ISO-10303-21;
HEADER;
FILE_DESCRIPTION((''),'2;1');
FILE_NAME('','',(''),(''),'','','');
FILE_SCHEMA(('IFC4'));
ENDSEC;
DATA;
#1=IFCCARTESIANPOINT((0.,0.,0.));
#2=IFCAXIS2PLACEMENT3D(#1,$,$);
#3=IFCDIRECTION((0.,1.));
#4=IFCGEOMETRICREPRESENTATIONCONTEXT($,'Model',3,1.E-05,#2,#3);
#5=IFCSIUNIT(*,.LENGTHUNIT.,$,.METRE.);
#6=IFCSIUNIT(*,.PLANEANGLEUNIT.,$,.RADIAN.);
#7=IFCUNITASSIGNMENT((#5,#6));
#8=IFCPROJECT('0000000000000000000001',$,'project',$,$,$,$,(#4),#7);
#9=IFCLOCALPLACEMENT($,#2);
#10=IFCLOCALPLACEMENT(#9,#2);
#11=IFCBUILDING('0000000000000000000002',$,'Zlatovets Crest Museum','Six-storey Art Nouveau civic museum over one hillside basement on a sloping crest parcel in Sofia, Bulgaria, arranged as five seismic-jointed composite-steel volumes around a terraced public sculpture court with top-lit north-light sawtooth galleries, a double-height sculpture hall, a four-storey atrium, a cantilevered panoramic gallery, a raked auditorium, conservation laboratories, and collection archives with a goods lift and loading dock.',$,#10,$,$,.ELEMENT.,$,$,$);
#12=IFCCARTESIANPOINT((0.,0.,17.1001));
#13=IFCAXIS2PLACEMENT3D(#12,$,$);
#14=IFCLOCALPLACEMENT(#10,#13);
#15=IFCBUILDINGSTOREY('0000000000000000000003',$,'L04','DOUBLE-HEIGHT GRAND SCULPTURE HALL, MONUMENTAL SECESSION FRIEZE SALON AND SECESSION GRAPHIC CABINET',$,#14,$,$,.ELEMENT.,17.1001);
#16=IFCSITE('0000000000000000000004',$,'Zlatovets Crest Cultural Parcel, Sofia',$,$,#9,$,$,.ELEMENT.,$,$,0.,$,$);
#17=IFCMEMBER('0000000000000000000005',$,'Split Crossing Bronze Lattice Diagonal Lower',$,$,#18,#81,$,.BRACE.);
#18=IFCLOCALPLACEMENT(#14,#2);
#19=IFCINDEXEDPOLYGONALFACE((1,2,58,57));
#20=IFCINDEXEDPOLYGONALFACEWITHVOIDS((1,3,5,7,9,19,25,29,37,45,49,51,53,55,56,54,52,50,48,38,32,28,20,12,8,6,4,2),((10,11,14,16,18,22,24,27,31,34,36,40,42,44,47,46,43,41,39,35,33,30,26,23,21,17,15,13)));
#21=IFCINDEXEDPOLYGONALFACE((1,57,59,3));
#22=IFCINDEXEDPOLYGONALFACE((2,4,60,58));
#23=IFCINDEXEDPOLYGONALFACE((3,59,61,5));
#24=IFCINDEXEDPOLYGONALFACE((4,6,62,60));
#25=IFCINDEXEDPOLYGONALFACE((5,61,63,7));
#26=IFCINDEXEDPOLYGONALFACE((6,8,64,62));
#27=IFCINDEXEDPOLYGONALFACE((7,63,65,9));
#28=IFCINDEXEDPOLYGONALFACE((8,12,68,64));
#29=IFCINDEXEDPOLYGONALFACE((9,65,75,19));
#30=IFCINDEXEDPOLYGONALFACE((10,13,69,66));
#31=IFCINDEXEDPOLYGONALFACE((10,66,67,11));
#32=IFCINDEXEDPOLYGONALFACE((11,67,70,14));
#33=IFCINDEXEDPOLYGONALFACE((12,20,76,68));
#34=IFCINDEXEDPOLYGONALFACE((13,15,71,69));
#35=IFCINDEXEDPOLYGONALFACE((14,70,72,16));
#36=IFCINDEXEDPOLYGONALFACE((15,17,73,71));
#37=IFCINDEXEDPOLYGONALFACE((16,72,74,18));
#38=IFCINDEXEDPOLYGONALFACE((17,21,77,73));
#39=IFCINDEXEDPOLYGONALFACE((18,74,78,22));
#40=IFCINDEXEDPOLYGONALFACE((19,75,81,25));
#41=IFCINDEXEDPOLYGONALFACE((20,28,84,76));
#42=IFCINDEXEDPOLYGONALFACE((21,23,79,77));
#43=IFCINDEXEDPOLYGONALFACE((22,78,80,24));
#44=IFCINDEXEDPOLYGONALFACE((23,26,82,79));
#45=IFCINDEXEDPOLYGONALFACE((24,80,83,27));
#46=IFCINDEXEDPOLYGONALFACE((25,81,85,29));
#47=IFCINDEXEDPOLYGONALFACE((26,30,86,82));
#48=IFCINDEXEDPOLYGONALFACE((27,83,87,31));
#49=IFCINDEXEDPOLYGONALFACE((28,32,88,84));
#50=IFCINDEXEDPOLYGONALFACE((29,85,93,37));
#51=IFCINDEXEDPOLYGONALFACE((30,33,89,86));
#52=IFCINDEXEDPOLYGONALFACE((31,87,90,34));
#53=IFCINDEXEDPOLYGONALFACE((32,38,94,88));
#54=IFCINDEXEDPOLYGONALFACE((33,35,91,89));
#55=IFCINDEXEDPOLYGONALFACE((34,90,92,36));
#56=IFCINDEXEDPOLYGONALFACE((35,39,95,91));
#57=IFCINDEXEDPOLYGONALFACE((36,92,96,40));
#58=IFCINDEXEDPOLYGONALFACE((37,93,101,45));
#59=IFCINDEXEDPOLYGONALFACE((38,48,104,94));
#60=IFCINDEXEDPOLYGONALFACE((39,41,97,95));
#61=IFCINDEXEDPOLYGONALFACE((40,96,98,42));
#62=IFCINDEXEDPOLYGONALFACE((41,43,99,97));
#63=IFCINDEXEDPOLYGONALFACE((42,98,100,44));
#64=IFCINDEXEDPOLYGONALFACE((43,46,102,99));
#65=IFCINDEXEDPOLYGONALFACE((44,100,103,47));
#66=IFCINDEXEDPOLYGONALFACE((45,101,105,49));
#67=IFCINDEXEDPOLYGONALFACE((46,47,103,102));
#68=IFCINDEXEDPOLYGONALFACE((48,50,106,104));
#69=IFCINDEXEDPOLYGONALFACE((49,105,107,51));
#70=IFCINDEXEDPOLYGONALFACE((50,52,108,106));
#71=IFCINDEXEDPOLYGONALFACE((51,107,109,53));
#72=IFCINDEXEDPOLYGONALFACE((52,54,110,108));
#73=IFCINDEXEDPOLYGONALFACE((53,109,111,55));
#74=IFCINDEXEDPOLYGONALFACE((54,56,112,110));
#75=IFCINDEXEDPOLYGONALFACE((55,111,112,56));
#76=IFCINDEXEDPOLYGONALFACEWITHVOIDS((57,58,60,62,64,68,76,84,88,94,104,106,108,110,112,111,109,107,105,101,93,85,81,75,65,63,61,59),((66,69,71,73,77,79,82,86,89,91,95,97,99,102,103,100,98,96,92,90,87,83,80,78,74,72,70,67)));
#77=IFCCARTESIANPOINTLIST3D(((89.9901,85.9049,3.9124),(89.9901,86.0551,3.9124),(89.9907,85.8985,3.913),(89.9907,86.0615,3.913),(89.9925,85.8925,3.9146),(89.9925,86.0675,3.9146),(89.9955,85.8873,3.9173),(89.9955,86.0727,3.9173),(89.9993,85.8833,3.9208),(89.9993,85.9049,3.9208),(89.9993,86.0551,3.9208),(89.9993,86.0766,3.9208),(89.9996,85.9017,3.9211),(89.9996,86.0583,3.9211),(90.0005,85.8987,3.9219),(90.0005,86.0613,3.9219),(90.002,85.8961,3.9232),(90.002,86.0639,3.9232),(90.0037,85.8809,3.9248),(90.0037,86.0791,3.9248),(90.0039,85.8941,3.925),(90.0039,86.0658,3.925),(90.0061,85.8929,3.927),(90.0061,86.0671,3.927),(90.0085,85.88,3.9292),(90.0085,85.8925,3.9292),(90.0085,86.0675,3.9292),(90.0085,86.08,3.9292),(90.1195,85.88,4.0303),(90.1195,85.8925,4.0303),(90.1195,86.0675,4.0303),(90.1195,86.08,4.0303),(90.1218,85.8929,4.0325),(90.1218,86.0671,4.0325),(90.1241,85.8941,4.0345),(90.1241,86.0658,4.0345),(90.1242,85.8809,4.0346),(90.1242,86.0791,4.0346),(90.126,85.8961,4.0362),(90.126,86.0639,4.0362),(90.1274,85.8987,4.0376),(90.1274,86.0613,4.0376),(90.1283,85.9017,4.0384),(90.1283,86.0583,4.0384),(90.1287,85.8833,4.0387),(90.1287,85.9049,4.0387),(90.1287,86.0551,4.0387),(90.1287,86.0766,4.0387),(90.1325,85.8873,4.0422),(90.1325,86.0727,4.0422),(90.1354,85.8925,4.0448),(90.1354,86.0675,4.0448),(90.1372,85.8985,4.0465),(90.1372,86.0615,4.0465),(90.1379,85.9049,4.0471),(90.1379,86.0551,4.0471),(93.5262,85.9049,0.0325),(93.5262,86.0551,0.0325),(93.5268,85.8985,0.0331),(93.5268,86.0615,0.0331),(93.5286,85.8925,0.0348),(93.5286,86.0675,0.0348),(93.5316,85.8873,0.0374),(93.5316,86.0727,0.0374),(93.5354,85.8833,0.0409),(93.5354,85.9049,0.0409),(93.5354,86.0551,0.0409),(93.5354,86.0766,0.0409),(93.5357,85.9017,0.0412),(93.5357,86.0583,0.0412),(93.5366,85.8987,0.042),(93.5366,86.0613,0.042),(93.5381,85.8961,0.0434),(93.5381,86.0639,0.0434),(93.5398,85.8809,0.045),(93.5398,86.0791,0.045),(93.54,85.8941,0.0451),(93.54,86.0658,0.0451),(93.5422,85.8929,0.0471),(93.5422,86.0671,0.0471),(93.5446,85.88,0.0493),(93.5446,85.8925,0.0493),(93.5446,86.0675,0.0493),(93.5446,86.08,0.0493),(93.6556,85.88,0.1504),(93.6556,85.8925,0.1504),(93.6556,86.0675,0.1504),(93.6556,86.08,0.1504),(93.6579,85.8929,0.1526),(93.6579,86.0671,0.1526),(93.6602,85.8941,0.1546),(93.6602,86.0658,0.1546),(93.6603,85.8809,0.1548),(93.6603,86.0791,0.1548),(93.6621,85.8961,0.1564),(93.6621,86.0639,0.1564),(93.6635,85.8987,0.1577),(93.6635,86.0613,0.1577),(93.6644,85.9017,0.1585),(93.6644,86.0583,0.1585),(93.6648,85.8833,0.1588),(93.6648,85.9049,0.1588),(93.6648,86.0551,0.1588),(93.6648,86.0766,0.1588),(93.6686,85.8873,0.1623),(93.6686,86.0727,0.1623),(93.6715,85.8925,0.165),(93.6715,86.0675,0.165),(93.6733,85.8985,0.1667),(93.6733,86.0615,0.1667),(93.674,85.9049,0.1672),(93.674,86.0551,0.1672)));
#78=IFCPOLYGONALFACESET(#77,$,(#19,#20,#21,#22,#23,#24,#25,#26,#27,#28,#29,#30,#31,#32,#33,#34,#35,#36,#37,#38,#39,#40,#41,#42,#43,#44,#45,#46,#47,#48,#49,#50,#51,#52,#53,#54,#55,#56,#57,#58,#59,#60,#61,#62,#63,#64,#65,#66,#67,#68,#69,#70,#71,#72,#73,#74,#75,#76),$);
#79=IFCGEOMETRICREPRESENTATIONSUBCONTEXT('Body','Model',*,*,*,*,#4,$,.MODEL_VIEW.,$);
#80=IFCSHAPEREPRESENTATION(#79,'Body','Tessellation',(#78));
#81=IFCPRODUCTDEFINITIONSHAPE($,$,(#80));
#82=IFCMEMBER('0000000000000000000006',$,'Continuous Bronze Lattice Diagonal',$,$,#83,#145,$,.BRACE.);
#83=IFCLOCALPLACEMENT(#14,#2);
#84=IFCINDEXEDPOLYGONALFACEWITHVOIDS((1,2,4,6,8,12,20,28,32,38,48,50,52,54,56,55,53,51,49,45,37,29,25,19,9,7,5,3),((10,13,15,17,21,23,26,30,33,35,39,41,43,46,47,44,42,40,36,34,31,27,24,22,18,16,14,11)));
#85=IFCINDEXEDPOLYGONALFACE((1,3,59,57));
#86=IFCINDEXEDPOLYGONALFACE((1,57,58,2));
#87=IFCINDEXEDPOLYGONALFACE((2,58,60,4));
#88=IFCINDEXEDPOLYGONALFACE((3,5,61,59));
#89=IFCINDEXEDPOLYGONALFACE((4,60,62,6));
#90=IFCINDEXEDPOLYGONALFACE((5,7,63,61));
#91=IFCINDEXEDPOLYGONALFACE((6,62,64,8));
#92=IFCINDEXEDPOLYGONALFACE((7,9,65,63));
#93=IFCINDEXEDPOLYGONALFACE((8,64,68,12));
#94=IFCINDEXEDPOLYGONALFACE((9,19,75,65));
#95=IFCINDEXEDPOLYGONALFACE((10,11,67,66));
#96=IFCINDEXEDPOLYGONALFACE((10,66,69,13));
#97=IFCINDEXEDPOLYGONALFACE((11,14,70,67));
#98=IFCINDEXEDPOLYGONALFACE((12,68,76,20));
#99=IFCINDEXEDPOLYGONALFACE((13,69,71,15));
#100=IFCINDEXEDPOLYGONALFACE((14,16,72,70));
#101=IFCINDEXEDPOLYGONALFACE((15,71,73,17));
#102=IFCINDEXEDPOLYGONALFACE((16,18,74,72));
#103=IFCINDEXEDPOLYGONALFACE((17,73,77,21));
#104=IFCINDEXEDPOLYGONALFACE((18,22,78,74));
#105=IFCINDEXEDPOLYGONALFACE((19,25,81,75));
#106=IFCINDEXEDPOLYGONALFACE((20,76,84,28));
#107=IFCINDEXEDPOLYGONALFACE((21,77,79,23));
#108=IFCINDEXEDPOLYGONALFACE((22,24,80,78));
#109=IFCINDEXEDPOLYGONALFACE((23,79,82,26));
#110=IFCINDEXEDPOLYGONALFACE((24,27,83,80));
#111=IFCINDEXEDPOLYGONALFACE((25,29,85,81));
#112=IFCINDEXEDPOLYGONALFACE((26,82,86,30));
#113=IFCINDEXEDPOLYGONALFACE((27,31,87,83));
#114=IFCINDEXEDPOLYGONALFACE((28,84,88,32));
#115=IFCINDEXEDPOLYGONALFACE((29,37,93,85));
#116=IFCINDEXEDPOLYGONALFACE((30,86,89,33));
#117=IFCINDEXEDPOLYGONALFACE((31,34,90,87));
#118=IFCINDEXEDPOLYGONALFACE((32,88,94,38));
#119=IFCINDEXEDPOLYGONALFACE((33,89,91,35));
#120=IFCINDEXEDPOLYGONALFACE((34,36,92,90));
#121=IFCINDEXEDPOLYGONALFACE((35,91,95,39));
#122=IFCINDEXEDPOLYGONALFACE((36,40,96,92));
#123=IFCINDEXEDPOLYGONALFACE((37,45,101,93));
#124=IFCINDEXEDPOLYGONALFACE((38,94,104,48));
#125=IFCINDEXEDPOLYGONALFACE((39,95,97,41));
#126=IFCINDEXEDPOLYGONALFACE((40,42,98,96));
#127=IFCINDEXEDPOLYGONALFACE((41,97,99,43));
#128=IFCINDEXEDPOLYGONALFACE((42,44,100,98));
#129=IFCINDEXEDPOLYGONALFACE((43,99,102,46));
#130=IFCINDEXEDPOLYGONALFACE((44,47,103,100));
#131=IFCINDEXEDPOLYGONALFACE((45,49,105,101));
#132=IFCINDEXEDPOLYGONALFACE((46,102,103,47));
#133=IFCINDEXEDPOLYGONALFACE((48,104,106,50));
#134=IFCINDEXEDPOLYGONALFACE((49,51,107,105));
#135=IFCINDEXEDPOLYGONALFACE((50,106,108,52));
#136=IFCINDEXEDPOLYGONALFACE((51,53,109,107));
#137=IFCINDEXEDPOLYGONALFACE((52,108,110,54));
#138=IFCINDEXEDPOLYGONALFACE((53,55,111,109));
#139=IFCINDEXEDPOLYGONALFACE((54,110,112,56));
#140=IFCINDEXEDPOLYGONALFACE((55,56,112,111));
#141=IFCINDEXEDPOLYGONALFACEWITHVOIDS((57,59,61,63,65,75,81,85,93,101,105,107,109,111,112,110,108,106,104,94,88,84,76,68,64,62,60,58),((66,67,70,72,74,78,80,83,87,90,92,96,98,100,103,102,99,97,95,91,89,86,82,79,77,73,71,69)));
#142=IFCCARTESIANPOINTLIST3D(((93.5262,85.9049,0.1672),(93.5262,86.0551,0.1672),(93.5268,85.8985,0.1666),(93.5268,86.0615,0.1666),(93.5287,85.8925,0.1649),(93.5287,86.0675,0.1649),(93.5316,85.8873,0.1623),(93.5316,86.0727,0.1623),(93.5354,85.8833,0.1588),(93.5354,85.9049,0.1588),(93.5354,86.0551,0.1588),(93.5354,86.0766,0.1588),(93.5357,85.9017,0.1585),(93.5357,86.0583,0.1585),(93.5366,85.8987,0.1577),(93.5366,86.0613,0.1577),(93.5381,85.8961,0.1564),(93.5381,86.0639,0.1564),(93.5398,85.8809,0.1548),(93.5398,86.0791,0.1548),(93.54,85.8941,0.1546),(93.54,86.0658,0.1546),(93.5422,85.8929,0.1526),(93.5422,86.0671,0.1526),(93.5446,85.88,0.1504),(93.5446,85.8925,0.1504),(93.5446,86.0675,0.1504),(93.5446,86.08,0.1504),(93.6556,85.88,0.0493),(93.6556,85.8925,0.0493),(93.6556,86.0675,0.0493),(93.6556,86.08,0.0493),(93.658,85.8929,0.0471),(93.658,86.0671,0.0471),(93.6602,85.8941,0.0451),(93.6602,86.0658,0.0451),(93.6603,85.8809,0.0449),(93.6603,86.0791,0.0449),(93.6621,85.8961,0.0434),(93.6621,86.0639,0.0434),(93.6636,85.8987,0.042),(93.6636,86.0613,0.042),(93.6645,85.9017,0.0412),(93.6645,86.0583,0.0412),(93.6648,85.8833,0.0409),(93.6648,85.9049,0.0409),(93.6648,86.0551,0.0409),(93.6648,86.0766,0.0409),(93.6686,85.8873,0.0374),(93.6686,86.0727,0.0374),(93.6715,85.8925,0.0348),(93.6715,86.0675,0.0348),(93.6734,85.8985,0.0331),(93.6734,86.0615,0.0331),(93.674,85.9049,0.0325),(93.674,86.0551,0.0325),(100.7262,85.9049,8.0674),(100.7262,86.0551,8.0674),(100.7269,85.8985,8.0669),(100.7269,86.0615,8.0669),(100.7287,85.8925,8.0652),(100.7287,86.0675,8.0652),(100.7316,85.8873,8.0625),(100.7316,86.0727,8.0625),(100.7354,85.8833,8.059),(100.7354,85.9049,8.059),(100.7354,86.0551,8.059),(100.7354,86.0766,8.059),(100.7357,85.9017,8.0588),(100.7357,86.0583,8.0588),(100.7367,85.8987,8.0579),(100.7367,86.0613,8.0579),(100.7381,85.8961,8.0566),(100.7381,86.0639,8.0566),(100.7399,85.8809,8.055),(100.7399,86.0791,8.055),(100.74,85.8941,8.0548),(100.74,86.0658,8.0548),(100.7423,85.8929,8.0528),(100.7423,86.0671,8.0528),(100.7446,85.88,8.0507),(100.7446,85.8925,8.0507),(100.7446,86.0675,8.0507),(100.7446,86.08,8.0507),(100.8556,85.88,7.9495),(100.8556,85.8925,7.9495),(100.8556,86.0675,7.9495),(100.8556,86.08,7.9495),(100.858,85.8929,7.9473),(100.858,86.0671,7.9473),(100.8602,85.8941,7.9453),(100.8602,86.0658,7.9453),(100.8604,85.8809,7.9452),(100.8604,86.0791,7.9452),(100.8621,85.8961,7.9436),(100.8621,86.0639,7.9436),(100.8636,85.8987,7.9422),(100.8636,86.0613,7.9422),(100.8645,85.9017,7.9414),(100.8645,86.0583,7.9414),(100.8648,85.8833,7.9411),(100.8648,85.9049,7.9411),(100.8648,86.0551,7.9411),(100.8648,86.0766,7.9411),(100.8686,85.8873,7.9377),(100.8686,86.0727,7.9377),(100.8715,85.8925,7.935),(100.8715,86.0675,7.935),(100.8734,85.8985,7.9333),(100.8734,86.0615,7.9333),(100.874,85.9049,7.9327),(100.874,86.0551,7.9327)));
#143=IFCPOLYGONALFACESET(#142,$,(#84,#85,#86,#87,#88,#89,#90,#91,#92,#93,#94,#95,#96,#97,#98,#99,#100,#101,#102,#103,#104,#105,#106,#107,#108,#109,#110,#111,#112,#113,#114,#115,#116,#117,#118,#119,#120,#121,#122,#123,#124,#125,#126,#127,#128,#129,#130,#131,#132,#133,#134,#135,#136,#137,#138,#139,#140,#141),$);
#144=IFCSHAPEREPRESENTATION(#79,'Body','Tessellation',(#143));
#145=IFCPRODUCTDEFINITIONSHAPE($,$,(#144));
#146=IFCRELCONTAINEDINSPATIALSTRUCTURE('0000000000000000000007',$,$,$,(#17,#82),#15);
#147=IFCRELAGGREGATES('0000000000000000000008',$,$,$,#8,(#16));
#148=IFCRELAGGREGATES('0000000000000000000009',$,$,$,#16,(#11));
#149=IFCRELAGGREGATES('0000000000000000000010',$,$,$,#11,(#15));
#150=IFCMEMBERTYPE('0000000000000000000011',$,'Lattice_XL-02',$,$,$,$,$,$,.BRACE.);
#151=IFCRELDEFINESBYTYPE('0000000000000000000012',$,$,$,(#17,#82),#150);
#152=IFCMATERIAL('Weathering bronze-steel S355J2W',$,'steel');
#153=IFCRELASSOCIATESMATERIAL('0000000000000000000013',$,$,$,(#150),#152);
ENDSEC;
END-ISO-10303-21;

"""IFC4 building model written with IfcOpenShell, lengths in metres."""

from ifc_helpers import new_model, si_unit, direction, frame, origin, origin_2d, place, context, subcontext, project, spatial, hollow_rectangle, extrude, material, material_profile, profile_set, type_object, element, save


model = new_model("IFC4")

# Units and contexts
model_context = context("Model", 3, precision=1e-05, world=origin(), true_north=direction((0.0, 1.0)))
body_context = subcontext(model_context, "Body", "Model", "MODEL_VIEW")
ifc_project = project(units=[si_unit("LENGTHUNIT", "METRE"), si_unit("PLANEANGLEUNIT", "RADIAN")], contexts=[model_context])

# Site, building, storey
site_placement = place(None, origin())
site = spatial("IfcSite", under=ifc_project, at=site_placement, Name="Zlatovets Crest Cultural Parcel, Sofia", CompositionType="ELEMENT", RefElevation=0.0)
building_placement = place(site_placement, origin())
building = spatial("IfcBuilding", under=site, at=building_placement, Name="Zlatovets Crest Museum", Description="Six-storey Art Nouveau civic museum over one hillside basement on a sloping crest parcel in Sofia, Bulgaria, arranged as five seismic-jointed composite-steel volumes around a terraced public sculpture court with top-lit north-light sawtooth galleries, a double-height sculpture hall, a four-storey atrium, a cantilevered panoramic gallery, a raked auditorium, conservation laboratories, and collection archives with a goods lift and loading dock.", CompositionType="ELEMENT")
storey_placement = place(building_placement, frame((0.0, 0.0, 17.1001)))
storey = spatial("IfcBuildingStorey", under=building, at=storey_placement, Name="L04", Description="DOUBLE-HEIGHT GRAND SCULPTURE HALL, MONUMENTAL SECESSION FRIEZE SALON AND SECESSION GRAPHIC CABINET", CompositionType="ELEMENT", Elevation=17.1001)

# Members
ifc_material_1 = material(Name="Weathering bronze-steel S355J2W", Category="steel")
ifc_material_profile_1 = material_profile(ifc_material_1, hollow_rectangle(XDim=0.2, YDim=0.2, WallThickness=0.0125, InnerFilletRadius=0.0125, OuterFilletRadius=0.0249, at=origin_2d()), Name="SHS 200x200x12.5")
ifc_profile_set_1 = profile_set([ifc_material_profile_1], Name="Weathering bronze-steel S355J2W")
member_type_1 = type_object("IfcMemberType", Name="Lattice_XL-02", PredefinedType="BRACE", material=ifc_profile_set_1)
member_1_placement = place(storey_placement, frame((90.064, 85.98, 3.9797), z_axis=(0.673607, 0.0, -0.739089), x_axis=(0.0, 1.0, 0.0)))
element("IfcMember", 1, at=member_1_placement, inside=storey, type_object=member_type_1, Name="Split Crossing Bronze Lattice Diagonal Lower", PredefinedType="BRACE", context=body_context, shape_type="SweptSolid", body=[
    extrude(hollow_rectangle(XDim=0.2, YDim=0.2, WallThickness=0.0125, InnerFilletRadius=0.0125, OuterFilletRadius=0.0249, at=origin_2d()), origin(), (0.0, 0.0, 1.0), 5.2495),
])
member_2_placement = place(storey_placement, frame((93.6001, 85.98, 0.0999), z_axis=(0.673594, 0.0, 0.739101), x_axis=(0.0, 1.0, 0.0)))
element("IfcMember", 2, at=member_2_placement, inside=storey, type_object=member_type_1, Name="Continuous Bronze Lattice Diagonal", PredefinedType="BRACE", context=body_context, shape_type="SweptSolid", body=[
    extrude(hollow_rectangle(XDim=0.2, YDim=0.2, WallThickness=0.0125, InnerFilletRadius=0.0125, OuterFilletRadius=0.0249, at=origin_2d()), origin(), (0.0, 0.0, 1.0), 10.689),
])

save(model, "model.ifc")
